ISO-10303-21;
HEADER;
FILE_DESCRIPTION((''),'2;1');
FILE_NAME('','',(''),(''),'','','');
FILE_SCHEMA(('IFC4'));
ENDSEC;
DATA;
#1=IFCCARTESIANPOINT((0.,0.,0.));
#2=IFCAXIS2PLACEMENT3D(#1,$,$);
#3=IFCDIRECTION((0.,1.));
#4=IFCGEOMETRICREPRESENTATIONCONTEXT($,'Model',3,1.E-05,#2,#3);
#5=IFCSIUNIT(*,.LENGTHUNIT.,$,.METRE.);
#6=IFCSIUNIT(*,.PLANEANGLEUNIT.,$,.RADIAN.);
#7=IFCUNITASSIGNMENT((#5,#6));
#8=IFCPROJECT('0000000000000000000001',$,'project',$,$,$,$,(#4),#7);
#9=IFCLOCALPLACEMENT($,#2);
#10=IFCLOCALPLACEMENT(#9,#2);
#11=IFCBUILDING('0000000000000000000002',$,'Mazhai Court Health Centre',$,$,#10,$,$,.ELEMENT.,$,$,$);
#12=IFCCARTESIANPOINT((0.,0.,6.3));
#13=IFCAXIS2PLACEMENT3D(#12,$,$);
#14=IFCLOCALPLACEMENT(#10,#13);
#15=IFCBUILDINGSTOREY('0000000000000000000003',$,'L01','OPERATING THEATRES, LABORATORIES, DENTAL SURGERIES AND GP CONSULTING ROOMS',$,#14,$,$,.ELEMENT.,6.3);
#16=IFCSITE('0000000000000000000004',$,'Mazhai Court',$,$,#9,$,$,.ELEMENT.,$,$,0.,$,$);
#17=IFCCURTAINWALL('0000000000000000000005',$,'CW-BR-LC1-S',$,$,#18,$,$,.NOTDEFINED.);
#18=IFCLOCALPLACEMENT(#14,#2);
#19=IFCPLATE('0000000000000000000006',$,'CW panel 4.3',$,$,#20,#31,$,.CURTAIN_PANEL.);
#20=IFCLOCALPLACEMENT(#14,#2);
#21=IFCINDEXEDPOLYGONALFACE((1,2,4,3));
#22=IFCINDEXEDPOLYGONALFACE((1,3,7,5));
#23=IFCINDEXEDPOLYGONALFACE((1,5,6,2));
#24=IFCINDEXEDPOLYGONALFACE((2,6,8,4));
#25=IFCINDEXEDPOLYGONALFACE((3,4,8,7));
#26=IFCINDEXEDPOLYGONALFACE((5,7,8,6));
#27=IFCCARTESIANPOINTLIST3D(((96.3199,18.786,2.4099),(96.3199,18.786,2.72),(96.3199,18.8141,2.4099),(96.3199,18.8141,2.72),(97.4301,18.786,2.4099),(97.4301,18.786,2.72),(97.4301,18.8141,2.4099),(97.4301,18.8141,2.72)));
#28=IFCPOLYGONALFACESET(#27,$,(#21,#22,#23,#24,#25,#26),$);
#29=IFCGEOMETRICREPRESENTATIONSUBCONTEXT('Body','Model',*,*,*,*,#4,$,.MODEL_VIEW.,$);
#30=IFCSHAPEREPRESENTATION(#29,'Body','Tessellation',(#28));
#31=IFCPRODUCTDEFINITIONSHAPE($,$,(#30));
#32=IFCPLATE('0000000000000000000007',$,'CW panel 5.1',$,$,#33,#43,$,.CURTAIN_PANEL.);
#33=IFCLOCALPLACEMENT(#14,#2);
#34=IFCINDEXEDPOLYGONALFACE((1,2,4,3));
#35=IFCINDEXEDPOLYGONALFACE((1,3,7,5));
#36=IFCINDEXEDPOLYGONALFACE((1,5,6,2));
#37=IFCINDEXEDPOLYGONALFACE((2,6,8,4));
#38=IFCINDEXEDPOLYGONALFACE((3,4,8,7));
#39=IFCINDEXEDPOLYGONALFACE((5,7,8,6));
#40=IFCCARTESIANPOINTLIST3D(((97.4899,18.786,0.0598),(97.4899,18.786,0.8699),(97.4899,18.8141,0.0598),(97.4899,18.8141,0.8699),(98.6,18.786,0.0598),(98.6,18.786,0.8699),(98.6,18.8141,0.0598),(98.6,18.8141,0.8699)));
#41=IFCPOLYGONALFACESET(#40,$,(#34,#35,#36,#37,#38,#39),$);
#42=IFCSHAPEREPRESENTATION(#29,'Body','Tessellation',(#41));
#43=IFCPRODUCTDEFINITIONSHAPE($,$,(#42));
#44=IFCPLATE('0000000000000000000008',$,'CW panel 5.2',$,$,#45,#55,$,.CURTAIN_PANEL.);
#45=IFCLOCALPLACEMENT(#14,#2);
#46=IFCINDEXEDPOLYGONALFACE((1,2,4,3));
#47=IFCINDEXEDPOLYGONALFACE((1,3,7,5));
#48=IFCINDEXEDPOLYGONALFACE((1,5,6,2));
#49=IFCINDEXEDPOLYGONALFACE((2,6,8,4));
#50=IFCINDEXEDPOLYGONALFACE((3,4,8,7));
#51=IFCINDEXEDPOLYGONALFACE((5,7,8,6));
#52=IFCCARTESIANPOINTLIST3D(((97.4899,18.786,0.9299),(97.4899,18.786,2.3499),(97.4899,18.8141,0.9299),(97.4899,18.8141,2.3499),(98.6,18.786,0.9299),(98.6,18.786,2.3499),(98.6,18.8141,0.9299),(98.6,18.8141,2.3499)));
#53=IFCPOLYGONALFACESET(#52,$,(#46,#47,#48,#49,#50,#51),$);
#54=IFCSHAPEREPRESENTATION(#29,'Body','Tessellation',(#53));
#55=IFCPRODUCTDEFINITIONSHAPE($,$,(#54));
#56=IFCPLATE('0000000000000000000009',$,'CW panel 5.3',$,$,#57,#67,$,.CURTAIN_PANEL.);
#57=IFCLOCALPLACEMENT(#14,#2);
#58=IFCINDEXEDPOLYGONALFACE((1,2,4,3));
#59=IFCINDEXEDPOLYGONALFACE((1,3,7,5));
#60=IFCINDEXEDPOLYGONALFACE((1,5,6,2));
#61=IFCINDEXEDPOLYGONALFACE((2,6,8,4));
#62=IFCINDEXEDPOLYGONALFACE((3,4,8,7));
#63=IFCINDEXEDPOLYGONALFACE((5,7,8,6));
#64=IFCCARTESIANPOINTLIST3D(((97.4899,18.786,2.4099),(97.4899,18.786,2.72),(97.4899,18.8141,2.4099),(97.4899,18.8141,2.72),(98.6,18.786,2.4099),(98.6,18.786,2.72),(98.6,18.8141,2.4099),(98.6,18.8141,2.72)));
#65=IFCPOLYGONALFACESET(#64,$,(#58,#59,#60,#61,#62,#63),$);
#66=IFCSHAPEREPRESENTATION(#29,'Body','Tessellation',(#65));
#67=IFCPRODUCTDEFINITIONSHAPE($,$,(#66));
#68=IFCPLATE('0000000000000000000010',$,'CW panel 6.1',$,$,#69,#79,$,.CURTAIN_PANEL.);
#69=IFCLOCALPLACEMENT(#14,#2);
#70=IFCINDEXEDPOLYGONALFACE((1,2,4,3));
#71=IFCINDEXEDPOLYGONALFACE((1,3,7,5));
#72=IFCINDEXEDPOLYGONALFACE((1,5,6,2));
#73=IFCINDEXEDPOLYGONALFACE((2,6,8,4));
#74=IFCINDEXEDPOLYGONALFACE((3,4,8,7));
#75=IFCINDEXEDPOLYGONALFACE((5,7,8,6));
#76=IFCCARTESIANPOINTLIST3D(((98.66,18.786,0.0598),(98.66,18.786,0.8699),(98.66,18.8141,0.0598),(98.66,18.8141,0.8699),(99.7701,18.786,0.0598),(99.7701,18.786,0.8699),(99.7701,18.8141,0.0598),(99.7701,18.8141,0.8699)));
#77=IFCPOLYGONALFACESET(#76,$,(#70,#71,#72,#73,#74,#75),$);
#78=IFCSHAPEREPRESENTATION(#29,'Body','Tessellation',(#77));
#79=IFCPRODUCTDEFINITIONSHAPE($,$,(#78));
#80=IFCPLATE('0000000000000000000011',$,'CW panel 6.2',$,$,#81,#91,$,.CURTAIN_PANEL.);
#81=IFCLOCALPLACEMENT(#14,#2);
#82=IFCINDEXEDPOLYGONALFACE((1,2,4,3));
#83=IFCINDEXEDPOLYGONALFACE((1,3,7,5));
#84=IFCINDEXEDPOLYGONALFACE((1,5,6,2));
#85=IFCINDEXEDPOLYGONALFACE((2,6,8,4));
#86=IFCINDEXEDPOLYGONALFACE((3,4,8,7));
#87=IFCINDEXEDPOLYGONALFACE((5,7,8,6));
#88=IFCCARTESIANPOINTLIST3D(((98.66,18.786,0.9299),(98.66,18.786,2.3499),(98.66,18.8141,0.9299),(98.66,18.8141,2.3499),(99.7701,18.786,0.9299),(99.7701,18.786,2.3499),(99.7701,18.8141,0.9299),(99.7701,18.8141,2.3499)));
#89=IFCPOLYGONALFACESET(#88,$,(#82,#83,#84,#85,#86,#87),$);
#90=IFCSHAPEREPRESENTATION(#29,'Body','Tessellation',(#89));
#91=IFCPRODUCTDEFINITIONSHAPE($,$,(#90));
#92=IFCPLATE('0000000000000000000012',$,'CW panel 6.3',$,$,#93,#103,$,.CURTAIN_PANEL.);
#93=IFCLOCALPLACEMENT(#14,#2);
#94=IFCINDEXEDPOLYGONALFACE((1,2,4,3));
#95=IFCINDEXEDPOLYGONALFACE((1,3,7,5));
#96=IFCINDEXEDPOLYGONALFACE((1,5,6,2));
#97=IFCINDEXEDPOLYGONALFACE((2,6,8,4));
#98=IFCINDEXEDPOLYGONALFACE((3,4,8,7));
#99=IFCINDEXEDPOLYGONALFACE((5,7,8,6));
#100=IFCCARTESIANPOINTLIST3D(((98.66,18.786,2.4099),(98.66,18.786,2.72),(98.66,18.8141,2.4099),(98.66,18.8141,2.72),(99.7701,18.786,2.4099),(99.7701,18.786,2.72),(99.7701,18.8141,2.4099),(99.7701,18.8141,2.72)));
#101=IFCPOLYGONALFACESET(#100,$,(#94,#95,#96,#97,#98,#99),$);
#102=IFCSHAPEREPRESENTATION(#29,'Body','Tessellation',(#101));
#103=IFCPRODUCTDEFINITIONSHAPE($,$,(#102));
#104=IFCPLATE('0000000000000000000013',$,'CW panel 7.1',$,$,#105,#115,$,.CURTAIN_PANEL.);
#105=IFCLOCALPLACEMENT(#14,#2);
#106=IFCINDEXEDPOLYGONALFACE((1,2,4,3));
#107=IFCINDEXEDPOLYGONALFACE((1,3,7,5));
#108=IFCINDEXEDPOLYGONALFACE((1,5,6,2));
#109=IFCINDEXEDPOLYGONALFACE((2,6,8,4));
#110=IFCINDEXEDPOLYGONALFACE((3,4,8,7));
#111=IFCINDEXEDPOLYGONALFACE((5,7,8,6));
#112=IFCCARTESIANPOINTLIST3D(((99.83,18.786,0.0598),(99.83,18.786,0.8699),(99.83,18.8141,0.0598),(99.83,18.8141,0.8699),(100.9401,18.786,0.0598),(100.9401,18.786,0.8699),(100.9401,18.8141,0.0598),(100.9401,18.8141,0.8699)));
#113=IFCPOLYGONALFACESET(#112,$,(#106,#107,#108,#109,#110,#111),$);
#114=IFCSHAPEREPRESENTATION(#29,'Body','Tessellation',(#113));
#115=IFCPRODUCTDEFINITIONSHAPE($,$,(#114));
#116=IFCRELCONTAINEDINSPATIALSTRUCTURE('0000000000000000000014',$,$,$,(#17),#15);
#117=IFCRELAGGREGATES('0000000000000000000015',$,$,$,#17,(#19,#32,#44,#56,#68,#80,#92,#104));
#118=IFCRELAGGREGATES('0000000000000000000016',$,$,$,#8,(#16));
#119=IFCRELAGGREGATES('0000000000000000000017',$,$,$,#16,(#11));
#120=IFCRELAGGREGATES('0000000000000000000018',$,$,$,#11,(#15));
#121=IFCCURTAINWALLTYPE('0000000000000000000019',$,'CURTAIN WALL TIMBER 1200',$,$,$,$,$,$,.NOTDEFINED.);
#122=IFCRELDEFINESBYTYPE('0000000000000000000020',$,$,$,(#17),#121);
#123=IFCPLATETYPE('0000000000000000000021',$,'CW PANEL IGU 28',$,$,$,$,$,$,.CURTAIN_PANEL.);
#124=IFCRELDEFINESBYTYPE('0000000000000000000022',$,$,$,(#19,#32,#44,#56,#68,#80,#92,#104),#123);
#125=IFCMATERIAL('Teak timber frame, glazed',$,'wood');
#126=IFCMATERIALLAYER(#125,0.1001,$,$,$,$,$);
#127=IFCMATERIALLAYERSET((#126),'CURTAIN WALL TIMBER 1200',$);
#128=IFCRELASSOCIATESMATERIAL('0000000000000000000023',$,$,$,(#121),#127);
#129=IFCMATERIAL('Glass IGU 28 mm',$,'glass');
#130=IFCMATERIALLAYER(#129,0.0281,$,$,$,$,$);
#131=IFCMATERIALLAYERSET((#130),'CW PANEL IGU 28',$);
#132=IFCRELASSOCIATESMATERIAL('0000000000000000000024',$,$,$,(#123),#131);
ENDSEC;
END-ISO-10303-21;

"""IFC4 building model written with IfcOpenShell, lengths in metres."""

from ifc_helpers import new_model, si_unit, direction, frame, origin, origin_2d, place, context, subcontext, project, spatial, rectangle, extrude, material, layer, layer_set, type_object, element, aggregate, save


model = new_model("IFC4")

# Units and contexts
model_context = context("Model", 3, precision=1e-05, world=origin(), true_north=direction((0.0, 1.0)))
body_context = subcontext(model_context, "Body", "Model", "MODEL_VIEW")
ifc_project = project(units=[si_unit("LENGTHUNIT", "METRE"), si_unit("PLANEANGLEUNIT", "RADIAN")], contexts=[model_context])

# Site, building, storey
site_placement = place(None, origin())
site = spatial("IfcSite", under=ifc_project, at=site_placement, Name="Mazhai Court", CompositionType="ELEMENT", RefElevation=0.0)
building_placement = place(site_placement, origin())
building = spatial("IfcBuilding", under=site, at=building_placement, Name="Mazhai Court Health Centre", CompositionType="ELEMENT")
storey_placement = place(building_placement, frame((0.0, 0.0, 6.3)))
storey = spatial("IfcBuildingStorey", under=building, at=storey_placement, Name="L01", Description="OPERATING THEATRES, LABORATORIES, DENTAL SURGERIES AND GP CONSULTING ROOMS", CompositionType="ELEMENT", Elevation=6.3)

# Curtain wall, plates
ifc_material_1 = material(Name="Teak timber frame, glazed", Category="wood")
ifc_layer_1 = layer(ifc_material_1, 0.1001)
ifc_layer_set_1 = layer_set([ifc_layer_1], Name="CURTAIN WALL TIMBER 1200")
curtain_wall_type = type_object("IfcCurtainWallType", Name="CURTAIN WALL TIMBER 1200", PredefinedType="NOTDEFINED", material=ifc_layer_set_1)
curtain_wall_placement = place(storey_placement, origin())
curtain_wall = element("IfcCurtainWall", 1, at=curtain_wall_placement, inside=storey, type_object=curtain_wall_type, Name="CW-BR-LC1-S", PredefinedType="NOTDEFINED")
ifc_material_2 = material(Name="Glass IGU 28 mm", Category="glass")
ifc_layer_2 = layer(ifc_material_2, 0.0281)
ifc_layer_set_2 = layer_set([ifc_layer_2], Name="CW PANEL IGU 28")
plate_type = type_object("IfcPlateType", Name="CW PANEL IGU 28", PredefinedType="CURTAIN_PANEL", material=ifc_layer_set_2)
plate_1_placement = place(storey_placement, frame((96.875, 18.8, 2.4099), z_axis=(0.0, 0.0, 1.0), x_axis=(1.0, 0.0, 0.0)))
plate_1 = element("IfcPlate", 2, at=plate_1_placement, type_object=plate_type, Name="CW panel 4.3", PredefinedType="CURTAIN_PANEL", context=body_context, shape_type="SweptSolid", body=[
    extrude(rectangle(XDim=1.1101, YDim=0.0281, at=origin_2d()), origin(), (0.0, 0.0, 1.0), 0.3101),
])
plate_2_placement = place(storey_placement, frame((98.0449, 18.8, 0.0598), z_axis=(0.0, 0.0, 1.0), x_axis=(1.0, 0.0, 0.0)))
plate_2 = element("IfcPlate", 3, at=plate_2_placement, type_object=plate_type, Name="CW panel 5.1", PredefinedType="CURTAIN_PANEL", context=body_context, shape_type="SweptSolid", body=[
    extrude(rectangle(XDim=1.1101, YDim=0.0281, at=origin_2d()), origin(), (0.0, 0.0, 1.0), 0.8101),
])
plate_3_placement = place(storey_placement, frame((98.0449, 18.8, 0.9299), z_axis=(0.0, 0.0, 1.0), x_axis=(1.0, 0.0, 0.0)))
plate_3 = element("IfcPlate", 4, at=plate_3_placement, type_object=plate_type, Name="CW panel 5.2", PredefinedType="CURTAIN_PANEL", context=body_context, shape_type="SweptSolid", body=[
    extrude(rectangle(XDim=1.1101, YDim=0.0281, at=origin_2d()), origin(), (0.0, 0.0, 1.0), 1.4199),
])
plate_4_placement = place(storey_placement, frame((98.0449, 18.8, 2.4099), z_axis=(0.0, 0.0, 1.0), x_axis=(1.0, 0.0, 0.0)))
plate_4 = element("IfcPlate", 5, at=plate_4_placement, type_object=plate_type, Name="CW panel 5.3", PredefinedType="CURTAIN_PANEL", context=body_context, shape_type="SweptSolid", body=[
    extrude(rectangle(XDim=1.1101, YDim=0.0281, at=origin_2d()), origin(), (0.0, 0.0, 1.0), 0.3101),
])
plate_5_placement = place(storey_placement, frame((99.2151, 18.8, 0.0598), z_axis=(0.0, 0.0, 1.0), x_axis=(1.0, 0.0, 0.0)))
plate_5 = element("IfcPlate", 6, at=plate_5_placement, type_object=plate_type, Name="CW panel 6.1", PredefinedType="CURTAIN_PANEL", context=body_context, shape_type="SweptSolid", body=[
    extrude(rectangle(XDim=1.1101, YDim=0.0281, at=origin_2d()), origin(), (0.0, 0.0, 1.0), 0.8101),
])
plate_6_placement = place(storey_placement, frame((99.2151, 18.8, 0.9299), z_axis=(0.0, 0.0, 1.0), x_axis=(1.0, 0.0, 0.0)))
plate_6 = element("IfcPlate", 7, at=plate_6_placement, type_object=plate_type, Name="CW panel 6.2", PredefinedType="CURTAIN_PANEL", context=body_context, shape_type="SweptSolid", body=[
    extrude(rectangle(XDim=1.1101, YDim=0.0281, at=origin_2d()), origin(), (0.0, 0.0, 1.0), 1.4199),
])
plate_7_placement = place(storey_placement, frame((99.2151, 18.8, 2.4099), z_axis=(0.0, 0.0, 1.0), x_axis=(1.0, 0.0, 0.0)))
plate_7 = element("IfcPlate", 8, at=plate_7_placement, type_object=plate_type, Name="CW panel 6.3", PredefinedType="CURTAIN_PANEL", context=body_context, shape_type="SweptSolid", body=[
    extrude(rectangle(XDim=1.1101, YDim=0.0281, at=origin_2d()), origin(), (0.0, 0.0, 1.0), 0.3101),
])
plate_8_placement = place(storey_placement, frame((100.385, 18.8, 0.0598), z_axis=(0.0, 0.0, 1.0), x_axis=(1.0, 0.0, 0.0)))
plate_8 = element("IfcPlate", 9, at=plate_8_placement, type_object=plate_type, Name="CW panel 7.1", PredefinedType="CURTAIN_PANEL", context=body_context, shape_type="SweptSolid", body=[
    extrude(rectangle(XDim=1.1101, YDim=0.0281, at=origin_2d()), origin(), (0.0, 0.0, 1.0), 0.8101),
])
aggregate(curtain_wall, [plate_1, plate_2, plate_3, plate_4, plate_5, plate_6, plate_7, plate_8])

save(model, "model.ifc")
